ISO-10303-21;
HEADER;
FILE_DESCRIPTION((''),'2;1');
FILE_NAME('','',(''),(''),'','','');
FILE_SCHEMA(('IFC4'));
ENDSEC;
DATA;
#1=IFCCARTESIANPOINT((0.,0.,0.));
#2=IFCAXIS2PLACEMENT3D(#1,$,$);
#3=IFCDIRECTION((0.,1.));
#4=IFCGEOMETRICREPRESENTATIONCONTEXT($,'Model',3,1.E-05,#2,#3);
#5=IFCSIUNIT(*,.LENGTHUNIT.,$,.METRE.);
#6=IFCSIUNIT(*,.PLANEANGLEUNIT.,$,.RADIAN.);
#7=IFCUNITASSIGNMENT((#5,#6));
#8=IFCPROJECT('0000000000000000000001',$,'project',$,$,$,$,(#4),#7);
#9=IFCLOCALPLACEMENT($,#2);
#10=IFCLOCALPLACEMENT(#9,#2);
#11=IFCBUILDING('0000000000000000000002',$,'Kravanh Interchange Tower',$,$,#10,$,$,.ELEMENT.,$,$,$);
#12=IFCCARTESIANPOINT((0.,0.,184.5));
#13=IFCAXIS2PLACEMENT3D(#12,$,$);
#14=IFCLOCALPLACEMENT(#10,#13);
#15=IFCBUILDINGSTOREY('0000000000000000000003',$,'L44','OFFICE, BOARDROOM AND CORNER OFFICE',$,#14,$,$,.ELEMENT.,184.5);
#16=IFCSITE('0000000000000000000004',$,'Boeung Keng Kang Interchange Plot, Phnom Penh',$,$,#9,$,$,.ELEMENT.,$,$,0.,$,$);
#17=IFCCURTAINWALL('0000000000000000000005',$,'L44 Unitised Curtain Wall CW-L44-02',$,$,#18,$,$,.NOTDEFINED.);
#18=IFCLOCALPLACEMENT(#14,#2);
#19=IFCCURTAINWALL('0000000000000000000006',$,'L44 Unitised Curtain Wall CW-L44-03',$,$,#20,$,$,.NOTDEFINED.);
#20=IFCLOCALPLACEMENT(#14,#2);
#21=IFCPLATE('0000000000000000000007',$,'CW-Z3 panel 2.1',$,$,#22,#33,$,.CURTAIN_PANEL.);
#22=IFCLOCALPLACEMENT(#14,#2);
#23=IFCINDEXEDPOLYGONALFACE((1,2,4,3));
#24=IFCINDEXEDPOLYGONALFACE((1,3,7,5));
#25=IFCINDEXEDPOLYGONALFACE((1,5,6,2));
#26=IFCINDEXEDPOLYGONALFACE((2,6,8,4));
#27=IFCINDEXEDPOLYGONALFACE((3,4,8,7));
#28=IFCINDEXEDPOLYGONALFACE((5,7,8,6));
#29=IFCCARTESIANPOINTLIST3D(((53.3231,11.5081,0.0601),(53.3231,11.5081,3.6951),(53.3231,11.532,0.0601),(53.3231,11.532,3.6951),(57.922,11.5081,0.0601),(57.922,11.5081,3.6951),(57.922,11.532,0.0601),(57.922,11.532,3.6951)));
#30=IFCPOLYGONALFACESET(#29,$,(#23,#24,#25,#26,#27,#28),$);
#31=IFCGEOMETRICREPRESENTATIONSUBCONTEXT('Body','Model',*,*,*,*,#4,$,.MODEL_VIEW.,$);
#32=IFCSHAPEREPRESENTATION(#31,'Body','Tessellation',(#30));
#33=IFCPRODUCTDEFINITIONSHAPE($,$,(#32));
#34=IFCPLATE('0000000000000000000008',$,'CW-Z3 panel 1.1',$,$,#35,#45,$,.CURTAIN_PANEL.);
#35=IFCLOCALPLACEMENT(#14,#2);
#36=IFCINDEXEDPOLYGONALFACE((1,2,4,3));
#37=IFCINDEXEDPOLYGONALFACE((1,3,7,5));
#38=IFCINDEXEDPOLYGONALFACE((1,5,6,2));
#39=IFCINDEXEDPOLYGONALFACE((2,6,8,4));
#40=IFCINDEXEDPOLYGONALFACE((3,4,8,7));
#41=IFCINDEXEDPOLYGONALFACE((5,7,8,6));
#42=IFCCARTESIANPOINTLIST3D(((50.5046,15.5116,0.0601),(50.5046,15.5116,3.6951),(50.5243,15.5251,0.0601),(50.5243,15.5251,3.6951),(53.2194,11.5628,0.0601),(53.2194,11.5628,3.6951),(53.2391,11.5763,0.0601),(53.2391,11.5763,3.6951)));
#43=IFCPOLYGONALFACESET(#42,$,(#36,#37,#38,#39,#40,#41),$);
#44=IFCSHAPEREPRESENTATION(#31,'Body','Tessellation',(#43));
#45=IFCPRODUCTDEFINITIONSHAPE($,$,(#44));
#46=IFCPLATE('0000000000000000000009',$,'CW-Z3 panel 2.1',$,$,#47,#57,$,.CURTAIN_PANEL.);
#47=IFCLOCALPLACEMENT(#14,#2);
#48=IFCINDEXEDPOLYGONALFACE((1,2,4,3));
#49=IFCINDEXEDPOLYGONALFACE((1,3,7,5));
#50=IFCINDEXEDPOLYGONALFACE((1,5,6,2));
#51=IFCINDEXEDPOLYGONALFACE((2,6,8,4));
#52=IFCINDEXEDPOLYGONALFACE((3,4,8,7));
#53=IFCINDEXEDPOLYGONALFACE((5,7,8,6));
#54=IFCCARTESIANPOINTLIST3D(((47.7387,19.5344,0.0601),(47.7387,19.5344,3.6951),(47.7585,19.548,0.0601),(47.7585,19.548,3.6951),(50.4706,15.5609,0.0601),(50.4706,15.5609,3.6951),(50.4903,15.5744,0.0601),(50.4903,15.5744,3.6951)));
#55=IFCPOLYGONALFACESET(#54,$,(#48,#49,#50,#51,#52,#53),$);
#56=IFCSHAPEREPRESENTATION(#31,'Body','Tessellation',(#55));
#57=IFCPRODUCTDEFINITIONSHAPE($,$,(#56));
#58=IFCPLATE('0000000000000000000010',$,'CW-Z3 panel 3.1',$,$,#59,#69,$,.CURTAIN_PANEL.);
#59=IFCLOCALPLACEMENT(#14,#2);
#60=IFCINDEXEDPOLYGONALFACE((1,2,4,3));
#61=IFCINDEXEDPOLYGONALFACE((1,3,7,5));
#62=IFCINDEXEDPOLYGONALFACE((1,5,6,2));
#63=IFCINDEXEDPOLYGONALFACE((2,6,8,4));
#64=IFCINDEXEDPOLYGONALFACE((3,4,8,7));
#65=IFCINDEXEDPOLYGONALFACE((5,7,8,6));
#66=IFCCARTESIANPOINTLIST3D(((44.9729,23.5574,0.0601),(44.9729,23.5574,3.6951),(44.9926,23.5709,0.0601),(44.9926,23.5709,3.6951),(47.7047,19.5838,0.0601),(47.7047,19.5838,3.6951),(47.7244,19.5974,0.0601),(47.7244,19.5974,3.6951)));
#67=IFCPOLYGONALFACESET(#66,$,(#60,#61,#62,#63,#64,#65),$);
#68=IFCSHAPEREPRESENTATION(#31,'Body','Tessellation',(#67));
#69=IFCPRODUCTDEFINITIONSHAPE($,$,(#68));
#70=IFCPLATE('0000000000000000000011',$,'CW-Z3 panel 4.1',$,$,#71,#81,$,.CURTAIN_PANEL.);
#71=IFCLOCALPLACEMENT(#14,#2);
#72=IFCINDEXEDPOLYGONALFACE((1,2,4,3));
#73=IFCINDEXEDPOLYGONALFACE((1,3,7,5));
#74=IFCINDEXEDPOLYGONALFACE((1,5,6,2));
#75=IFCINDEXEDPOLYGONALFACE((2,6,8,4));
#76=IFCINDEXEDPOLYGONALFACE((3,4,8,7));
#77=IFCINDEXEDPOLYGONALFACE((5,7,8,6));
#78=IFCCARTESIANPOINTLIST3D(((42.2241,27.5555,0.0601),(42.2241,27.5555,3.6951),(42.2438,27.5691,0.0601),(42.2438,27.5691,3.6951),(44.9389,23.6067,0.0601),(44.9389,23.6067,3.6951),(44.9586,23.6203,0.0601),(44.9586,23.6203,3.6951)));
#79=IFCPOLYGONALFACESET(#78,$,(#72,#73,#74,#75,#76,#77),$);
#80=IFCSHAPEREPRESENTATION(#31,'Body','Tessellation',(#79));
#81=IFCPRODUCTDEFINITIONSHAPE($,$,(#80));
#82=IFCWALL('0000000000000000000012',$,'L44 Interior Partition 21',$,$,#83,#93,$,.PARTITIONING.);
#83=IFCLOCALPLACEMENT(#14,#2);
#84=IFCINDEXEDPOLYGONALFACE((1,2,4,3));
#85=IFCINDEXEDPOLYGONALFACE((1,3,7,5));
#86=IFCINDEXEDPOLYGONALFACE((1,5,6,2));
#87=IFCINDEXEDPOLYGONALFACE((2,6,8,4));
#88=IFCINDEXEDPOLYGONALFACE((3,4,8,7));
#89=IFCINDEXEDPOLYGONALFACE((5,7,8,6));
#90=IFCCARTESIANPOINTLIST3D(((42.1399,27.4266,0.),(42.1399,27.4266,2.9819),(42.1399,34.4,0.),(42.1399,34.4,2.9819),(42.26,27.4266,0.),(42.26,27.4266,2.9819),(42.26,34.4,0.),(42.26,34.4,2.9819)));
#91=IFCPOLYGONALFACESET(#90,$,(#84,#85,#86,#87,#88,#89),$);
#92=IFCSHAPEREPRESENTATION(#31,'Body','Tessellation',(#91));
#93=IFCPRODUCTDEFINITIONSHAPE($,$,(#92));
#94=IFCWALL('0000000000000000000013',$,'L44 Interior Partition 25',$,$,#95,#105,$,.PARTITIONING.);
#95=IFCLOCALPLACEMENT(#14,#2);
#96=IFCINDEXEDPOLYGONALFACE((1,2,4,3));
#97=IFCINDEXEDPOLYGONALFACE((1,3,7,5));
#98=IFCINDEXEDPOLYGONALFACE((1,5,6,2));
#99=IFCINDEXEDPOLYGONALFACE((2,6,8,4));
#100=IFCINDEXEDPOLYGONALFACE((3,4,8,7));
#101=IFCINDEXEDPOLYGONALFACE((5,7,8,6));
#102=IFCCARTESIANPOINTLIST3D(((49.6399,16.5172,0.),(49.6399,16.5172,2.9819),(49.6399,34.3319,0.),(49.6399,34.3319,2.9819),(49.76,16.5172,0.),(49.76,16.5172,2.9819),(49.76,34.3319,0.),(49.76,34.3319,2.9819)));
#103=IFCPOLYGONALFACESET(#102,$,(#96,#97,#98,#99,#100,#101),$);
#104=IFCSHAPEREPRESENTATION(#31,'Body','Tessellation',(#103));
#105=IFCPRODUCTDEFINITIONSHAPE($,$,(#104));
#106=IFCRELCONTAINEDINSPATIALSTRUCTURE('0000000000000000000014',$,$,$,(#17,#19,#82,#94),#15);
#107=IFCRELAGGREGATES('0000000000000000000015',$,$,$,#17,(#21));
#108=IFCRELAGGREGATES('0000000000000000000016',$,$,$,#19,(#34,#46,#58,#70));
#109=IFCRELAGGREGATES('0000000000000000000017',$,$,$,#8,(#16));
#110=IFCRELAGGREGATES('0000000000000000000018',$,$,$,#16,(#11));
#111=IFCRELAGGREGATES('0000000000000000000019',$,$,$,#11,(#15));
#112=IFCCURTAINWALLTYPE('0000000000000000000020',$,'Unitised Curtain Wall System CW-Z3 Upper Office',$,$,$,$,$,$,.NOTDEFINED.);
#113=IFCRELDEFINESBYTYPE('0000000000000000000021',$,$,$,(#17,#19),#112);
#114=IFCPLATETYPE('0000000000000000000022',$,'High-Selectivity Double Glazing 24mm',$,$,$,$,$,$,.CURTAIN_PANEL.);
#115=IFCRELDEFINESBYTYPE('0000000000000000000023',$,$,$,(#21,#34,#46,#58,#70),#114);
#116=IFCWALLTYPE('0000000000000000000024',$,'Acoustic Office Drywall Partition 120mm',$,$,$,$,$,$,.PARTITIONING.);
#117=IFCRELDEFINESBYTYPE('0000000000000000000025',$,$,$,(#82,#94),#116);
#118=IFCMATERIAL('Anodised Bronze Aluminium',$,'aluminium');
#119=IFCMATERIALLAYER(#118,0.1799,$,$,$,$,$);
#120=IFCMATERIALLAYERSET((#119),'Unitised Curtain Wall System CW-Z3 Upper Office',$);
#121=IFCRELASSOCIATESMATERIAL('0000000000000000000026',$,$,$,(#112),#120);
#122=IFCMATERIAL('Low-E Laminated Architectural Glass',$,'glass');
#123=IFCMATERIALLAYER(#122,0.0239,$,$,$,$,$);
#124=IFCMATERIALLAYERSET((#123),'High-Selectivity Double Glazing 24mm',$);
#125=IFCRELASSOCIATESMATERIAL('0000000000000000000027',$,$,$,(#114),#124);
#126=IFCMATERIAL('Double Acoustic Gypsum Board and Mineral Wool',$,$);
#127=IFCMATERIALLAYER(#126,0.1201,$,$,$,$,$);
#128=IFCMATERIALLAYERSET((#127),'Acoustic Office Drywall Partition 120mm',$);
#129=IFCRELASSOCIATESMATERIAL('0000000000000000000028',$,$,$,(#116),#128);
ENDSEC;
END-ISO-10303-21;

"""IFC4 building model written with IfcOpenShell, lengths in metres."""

from ifc_helpers import new_model, si_unit, direction, frame, frame_2d, origin, origin_2d, place, context, subcontext, project, spatial, rectangle, extrude, material, layer, layer_set, type_object, element, aggregate, save


model = new_model("IFC4")

# Units and contexts
model_context = context("Model", 3, precision=1e-05, world=origin(), true_north=direction((0.0, 1.0)))
body_context = subcontext(model_context, "Body", "Model", "MODEL_VIEW")
ifc_project = project(units=[si_unit("LENGTHUNIT", "METRE"), si_unit("PLANEANGLEUNIT", "RADIAN")], contexts=[model_context])

# Site, building, storey
site_placement = place(None, origin())
site = spatial("IfcSite", under=ifc_project, at=site_placement, Name="Boeung Keng Kang Interchange Plot, Phnom Penh", CompositionType="ELEMENT", RefElevation=0.0)
building_placement = place(site_placement, origin())
building = spatial("IfcBuilding", under=site, at=building_placement, Name="Kravanh Interchange Tower", CompositionType="ELEMENT")
storey_placement = place(building_placement, frame((0.0, 0.0, 184.5)))
storey = spatial("IfcBuildingStorey", under=building, at=storey_placement, Name="L44", Description="OFFICE, BOARDROOM AND CORNER OFFICE", CompositionType="ELEMENT", Elevation=184.5)

# Curtain wall
ifc_material_1 = material(Name="Anodised Bronze Aluminium", Category="aluminium")
ifc_layer_1 = layer(ifc_material_1, 0.1799)
ifc_layer_set_1 = layer_set([ifc_layer_1], Name="Unitised Curtain Wall System CW-Z3 Upper Office")
curtain_wall_type = type_object("IfcCurtainWallType", Name="Unitised Curtain Wall System CW-Z3 Upper Office", PredefinedType="NOTDEFINED", material=ifc_layer_set_1)
curtain_wall_1_placement = place(storey_placement, origin())
curtain_wall_1 = element("IfcCurtainWall", 1, at=curtain_wall_1_placement, inside=storey, type_object=curtain_wall_type, Name="L44 Unitised Curtain Wall CW-L44-02", PredefinedType="NOTDEFINED")

# Curtain wall
curtain_wall_2_placement = place(storey_placement, origin())
curtain_wall_2 = element("IfcCurtainWall", 2, at=curtain_wall_2_placement, inside=storey, type_object=curtain_wall_type, Name="L44 Unitised Curtain Wall CW-L44-03", PredefinedType="NOTDEFINED")

# Plates
ifc_material_2 = material(Name="Low-E Laminated Architectural Glass", Category="glass")
ifc_layer_2 = layer(ifc_material_2, 0.0239)
ifc_layer_set_2 = layer_set([ifc_layer_2], Name="High-Selectivity Double Glazing 24mm")
plate_type = type_object("IfcPlateType", Name="High-Selectivity Double Glazing 24mm", PredefinedType="CURTAIN_PANEL", material=ifc_layer_set_2)
plate_1_placement = place(storey_placement, frame((55.6226, 11.52, 0.0601), z_axis=(0.0, 0.0, 1.0), x_axis=(-1.0, 0.0, 0.0)))
plate_1 = element("IfcPlate", 3, at=plate_1_placement, type_object=plate_type, Name="CW-Z3 panel 2.1", PredefinedType="CURTAIN_PANEL", context=body_context, shape_type="SweptSolid", body=[
    extrude(rectangle(XDim=4.5989, YDim=0.0239, at=origin_2d()), origin(), (0.0, 0.0, 1.0), 3.635),
])
aggregate(curtain_wall_1, [plate_1])
plate_2_placement = place(storey_placement, frame((51.8718, 13.5439, 0.0601), z_axis=(0.0, 0.0, 1.0), x_axis=(-0.566528, 0.824042, 0.0)))
plate_2 = element("IfcPlate", 4, at=plate_2_placement, type_object=plate_type, Name="CW-Z3 panel 1.1", PredefinedType="CURTAIN_PANEL", context=body_context, shape_type="SweptSolid", body=[
    extrude(rectangle(XDim=4.792, YDim=0.0239, at=origin_2d()), origin(), (0.0, 0.0, 1.0), 3.635),
])
plate_3_placement = place(storey_placement, frame((49.1145, 17.5544, 0.0601), z_axis=(0.0, 0.0, 1.0), x_axis=(-0.566528, 0.824042, 0.0)))
plate_3 = element("IfcPlate", 5, at=plate_3_placement, type_object=plate_type, Name="CW-Z3 panel 2.1", PredefinedType="CURTAIN_PANEL", context=body_context, shape_type="SweptSolid", body=[
    extrude(rectangle(XDim=4.822, YDim=0.0239, at=origin_2d()), origin(), (0.0, 0.0, 1.0), 3.635),
])
plate_4_placement = place(storey_placement, frame((46.3486, 21.5774, 0.0601), z_axis=(0.0, 0.0, 1.0), x_axis=(-0.566528, 0.824042, 0.0)))
plate_4 = element("IfcPlate", 6, at=plate_4_placement, type_object=plate_type, Name="CW-Z3 panel 3.1", PredefinedType="CURTAIN_PANEL", context=body_context, shape_type="SweptSolid", body=[
    extrude(rectangle(XDim=4.822, YDim=0.0239, at=origin_2d()), origin(), (0.0, 0.0, 1.0), 3.635),
])
plate_5_placement = place(storey_placement, frame((43.5913, 25.5879, 0.0601), z_axis=(0.0, 0.0, 1.0), x_axis=(-0.566528, 0.824042, 0.0)))
plate_5 = element("IfcPlate", 7, at=plate_5_placement, type_object=plate_type, Name="CW-Z3 panel 4.1", PredefinedType="CURTAIN_PANEL", context=body_context, shape_type="SweptSolid", body=[
    extrude(rectangle(XDim=4.792, YDim=0.0239, at=origin_2d()), origin(), (0.0, 0.0, 1.0), 3.635),
])
aggregate(curtain_wall_2, [plate_2, plate_3, plate_4, plate_5])

# Walls
ifc_material_3 = material(Name="Double Acoustic Gypsum Board and Mineral Wool")
ifc_layer_3 = layer(ifc_material_3, 0.1201)
ifc_layer_set_3 = layer_set([ifc_layer_3], Name="Acoustic Office Drywall Partition 120mm")
wall_type = type_object("IfcWallType", Name="Acoustic Office Drywall Partition 120mm", PredefinedType="PARTITIONING", material=ifc_layer_set_3)
wall_1_placement = place(storey_placement, frame((42.2, 27.4265, 0.0), z_axis=(0.0, 0.0, 1.0), x_axis=(0.0, 1.0, 0.0)))
element("IfcWall", 8, at=wall_1_placement, inside=storey, type_object=wall_type, Name="L44 Interior Partition 21", PredefinedType="PARTITIONING", context=body_context, shape_type="SweptSolid", body=[
    extrude(rectangle(XDim=6.9734, YDim=0.1201, at=frame_2d((3.4868, 0.0))), origin(), (0.0, 0.0, 1.0), 2.9819),
])
wall_2_placement = place(storey_placement, frame((49.7, 16.5173, 0.0), z_axis=(0.0, 0.0, 1.0), x_axis=(0.0, 1.0, 0.0)))
element("IfcWall", 9, at=wall_2_placement, inside=storey, type_object=wall_type, Name="L44 Interior Partition 25", PredefinedType="PARTITIONING", context=body_context, shape_type="SweptSolid", body=[
    extrude(rectangle(XDim=17.8147, YDim=0.1201, at=frame_2d((8.9072, 0.0))), origin(), (0.0, 0.0, 1.0), 2.9819),
])

save(model, "model.ifc")
